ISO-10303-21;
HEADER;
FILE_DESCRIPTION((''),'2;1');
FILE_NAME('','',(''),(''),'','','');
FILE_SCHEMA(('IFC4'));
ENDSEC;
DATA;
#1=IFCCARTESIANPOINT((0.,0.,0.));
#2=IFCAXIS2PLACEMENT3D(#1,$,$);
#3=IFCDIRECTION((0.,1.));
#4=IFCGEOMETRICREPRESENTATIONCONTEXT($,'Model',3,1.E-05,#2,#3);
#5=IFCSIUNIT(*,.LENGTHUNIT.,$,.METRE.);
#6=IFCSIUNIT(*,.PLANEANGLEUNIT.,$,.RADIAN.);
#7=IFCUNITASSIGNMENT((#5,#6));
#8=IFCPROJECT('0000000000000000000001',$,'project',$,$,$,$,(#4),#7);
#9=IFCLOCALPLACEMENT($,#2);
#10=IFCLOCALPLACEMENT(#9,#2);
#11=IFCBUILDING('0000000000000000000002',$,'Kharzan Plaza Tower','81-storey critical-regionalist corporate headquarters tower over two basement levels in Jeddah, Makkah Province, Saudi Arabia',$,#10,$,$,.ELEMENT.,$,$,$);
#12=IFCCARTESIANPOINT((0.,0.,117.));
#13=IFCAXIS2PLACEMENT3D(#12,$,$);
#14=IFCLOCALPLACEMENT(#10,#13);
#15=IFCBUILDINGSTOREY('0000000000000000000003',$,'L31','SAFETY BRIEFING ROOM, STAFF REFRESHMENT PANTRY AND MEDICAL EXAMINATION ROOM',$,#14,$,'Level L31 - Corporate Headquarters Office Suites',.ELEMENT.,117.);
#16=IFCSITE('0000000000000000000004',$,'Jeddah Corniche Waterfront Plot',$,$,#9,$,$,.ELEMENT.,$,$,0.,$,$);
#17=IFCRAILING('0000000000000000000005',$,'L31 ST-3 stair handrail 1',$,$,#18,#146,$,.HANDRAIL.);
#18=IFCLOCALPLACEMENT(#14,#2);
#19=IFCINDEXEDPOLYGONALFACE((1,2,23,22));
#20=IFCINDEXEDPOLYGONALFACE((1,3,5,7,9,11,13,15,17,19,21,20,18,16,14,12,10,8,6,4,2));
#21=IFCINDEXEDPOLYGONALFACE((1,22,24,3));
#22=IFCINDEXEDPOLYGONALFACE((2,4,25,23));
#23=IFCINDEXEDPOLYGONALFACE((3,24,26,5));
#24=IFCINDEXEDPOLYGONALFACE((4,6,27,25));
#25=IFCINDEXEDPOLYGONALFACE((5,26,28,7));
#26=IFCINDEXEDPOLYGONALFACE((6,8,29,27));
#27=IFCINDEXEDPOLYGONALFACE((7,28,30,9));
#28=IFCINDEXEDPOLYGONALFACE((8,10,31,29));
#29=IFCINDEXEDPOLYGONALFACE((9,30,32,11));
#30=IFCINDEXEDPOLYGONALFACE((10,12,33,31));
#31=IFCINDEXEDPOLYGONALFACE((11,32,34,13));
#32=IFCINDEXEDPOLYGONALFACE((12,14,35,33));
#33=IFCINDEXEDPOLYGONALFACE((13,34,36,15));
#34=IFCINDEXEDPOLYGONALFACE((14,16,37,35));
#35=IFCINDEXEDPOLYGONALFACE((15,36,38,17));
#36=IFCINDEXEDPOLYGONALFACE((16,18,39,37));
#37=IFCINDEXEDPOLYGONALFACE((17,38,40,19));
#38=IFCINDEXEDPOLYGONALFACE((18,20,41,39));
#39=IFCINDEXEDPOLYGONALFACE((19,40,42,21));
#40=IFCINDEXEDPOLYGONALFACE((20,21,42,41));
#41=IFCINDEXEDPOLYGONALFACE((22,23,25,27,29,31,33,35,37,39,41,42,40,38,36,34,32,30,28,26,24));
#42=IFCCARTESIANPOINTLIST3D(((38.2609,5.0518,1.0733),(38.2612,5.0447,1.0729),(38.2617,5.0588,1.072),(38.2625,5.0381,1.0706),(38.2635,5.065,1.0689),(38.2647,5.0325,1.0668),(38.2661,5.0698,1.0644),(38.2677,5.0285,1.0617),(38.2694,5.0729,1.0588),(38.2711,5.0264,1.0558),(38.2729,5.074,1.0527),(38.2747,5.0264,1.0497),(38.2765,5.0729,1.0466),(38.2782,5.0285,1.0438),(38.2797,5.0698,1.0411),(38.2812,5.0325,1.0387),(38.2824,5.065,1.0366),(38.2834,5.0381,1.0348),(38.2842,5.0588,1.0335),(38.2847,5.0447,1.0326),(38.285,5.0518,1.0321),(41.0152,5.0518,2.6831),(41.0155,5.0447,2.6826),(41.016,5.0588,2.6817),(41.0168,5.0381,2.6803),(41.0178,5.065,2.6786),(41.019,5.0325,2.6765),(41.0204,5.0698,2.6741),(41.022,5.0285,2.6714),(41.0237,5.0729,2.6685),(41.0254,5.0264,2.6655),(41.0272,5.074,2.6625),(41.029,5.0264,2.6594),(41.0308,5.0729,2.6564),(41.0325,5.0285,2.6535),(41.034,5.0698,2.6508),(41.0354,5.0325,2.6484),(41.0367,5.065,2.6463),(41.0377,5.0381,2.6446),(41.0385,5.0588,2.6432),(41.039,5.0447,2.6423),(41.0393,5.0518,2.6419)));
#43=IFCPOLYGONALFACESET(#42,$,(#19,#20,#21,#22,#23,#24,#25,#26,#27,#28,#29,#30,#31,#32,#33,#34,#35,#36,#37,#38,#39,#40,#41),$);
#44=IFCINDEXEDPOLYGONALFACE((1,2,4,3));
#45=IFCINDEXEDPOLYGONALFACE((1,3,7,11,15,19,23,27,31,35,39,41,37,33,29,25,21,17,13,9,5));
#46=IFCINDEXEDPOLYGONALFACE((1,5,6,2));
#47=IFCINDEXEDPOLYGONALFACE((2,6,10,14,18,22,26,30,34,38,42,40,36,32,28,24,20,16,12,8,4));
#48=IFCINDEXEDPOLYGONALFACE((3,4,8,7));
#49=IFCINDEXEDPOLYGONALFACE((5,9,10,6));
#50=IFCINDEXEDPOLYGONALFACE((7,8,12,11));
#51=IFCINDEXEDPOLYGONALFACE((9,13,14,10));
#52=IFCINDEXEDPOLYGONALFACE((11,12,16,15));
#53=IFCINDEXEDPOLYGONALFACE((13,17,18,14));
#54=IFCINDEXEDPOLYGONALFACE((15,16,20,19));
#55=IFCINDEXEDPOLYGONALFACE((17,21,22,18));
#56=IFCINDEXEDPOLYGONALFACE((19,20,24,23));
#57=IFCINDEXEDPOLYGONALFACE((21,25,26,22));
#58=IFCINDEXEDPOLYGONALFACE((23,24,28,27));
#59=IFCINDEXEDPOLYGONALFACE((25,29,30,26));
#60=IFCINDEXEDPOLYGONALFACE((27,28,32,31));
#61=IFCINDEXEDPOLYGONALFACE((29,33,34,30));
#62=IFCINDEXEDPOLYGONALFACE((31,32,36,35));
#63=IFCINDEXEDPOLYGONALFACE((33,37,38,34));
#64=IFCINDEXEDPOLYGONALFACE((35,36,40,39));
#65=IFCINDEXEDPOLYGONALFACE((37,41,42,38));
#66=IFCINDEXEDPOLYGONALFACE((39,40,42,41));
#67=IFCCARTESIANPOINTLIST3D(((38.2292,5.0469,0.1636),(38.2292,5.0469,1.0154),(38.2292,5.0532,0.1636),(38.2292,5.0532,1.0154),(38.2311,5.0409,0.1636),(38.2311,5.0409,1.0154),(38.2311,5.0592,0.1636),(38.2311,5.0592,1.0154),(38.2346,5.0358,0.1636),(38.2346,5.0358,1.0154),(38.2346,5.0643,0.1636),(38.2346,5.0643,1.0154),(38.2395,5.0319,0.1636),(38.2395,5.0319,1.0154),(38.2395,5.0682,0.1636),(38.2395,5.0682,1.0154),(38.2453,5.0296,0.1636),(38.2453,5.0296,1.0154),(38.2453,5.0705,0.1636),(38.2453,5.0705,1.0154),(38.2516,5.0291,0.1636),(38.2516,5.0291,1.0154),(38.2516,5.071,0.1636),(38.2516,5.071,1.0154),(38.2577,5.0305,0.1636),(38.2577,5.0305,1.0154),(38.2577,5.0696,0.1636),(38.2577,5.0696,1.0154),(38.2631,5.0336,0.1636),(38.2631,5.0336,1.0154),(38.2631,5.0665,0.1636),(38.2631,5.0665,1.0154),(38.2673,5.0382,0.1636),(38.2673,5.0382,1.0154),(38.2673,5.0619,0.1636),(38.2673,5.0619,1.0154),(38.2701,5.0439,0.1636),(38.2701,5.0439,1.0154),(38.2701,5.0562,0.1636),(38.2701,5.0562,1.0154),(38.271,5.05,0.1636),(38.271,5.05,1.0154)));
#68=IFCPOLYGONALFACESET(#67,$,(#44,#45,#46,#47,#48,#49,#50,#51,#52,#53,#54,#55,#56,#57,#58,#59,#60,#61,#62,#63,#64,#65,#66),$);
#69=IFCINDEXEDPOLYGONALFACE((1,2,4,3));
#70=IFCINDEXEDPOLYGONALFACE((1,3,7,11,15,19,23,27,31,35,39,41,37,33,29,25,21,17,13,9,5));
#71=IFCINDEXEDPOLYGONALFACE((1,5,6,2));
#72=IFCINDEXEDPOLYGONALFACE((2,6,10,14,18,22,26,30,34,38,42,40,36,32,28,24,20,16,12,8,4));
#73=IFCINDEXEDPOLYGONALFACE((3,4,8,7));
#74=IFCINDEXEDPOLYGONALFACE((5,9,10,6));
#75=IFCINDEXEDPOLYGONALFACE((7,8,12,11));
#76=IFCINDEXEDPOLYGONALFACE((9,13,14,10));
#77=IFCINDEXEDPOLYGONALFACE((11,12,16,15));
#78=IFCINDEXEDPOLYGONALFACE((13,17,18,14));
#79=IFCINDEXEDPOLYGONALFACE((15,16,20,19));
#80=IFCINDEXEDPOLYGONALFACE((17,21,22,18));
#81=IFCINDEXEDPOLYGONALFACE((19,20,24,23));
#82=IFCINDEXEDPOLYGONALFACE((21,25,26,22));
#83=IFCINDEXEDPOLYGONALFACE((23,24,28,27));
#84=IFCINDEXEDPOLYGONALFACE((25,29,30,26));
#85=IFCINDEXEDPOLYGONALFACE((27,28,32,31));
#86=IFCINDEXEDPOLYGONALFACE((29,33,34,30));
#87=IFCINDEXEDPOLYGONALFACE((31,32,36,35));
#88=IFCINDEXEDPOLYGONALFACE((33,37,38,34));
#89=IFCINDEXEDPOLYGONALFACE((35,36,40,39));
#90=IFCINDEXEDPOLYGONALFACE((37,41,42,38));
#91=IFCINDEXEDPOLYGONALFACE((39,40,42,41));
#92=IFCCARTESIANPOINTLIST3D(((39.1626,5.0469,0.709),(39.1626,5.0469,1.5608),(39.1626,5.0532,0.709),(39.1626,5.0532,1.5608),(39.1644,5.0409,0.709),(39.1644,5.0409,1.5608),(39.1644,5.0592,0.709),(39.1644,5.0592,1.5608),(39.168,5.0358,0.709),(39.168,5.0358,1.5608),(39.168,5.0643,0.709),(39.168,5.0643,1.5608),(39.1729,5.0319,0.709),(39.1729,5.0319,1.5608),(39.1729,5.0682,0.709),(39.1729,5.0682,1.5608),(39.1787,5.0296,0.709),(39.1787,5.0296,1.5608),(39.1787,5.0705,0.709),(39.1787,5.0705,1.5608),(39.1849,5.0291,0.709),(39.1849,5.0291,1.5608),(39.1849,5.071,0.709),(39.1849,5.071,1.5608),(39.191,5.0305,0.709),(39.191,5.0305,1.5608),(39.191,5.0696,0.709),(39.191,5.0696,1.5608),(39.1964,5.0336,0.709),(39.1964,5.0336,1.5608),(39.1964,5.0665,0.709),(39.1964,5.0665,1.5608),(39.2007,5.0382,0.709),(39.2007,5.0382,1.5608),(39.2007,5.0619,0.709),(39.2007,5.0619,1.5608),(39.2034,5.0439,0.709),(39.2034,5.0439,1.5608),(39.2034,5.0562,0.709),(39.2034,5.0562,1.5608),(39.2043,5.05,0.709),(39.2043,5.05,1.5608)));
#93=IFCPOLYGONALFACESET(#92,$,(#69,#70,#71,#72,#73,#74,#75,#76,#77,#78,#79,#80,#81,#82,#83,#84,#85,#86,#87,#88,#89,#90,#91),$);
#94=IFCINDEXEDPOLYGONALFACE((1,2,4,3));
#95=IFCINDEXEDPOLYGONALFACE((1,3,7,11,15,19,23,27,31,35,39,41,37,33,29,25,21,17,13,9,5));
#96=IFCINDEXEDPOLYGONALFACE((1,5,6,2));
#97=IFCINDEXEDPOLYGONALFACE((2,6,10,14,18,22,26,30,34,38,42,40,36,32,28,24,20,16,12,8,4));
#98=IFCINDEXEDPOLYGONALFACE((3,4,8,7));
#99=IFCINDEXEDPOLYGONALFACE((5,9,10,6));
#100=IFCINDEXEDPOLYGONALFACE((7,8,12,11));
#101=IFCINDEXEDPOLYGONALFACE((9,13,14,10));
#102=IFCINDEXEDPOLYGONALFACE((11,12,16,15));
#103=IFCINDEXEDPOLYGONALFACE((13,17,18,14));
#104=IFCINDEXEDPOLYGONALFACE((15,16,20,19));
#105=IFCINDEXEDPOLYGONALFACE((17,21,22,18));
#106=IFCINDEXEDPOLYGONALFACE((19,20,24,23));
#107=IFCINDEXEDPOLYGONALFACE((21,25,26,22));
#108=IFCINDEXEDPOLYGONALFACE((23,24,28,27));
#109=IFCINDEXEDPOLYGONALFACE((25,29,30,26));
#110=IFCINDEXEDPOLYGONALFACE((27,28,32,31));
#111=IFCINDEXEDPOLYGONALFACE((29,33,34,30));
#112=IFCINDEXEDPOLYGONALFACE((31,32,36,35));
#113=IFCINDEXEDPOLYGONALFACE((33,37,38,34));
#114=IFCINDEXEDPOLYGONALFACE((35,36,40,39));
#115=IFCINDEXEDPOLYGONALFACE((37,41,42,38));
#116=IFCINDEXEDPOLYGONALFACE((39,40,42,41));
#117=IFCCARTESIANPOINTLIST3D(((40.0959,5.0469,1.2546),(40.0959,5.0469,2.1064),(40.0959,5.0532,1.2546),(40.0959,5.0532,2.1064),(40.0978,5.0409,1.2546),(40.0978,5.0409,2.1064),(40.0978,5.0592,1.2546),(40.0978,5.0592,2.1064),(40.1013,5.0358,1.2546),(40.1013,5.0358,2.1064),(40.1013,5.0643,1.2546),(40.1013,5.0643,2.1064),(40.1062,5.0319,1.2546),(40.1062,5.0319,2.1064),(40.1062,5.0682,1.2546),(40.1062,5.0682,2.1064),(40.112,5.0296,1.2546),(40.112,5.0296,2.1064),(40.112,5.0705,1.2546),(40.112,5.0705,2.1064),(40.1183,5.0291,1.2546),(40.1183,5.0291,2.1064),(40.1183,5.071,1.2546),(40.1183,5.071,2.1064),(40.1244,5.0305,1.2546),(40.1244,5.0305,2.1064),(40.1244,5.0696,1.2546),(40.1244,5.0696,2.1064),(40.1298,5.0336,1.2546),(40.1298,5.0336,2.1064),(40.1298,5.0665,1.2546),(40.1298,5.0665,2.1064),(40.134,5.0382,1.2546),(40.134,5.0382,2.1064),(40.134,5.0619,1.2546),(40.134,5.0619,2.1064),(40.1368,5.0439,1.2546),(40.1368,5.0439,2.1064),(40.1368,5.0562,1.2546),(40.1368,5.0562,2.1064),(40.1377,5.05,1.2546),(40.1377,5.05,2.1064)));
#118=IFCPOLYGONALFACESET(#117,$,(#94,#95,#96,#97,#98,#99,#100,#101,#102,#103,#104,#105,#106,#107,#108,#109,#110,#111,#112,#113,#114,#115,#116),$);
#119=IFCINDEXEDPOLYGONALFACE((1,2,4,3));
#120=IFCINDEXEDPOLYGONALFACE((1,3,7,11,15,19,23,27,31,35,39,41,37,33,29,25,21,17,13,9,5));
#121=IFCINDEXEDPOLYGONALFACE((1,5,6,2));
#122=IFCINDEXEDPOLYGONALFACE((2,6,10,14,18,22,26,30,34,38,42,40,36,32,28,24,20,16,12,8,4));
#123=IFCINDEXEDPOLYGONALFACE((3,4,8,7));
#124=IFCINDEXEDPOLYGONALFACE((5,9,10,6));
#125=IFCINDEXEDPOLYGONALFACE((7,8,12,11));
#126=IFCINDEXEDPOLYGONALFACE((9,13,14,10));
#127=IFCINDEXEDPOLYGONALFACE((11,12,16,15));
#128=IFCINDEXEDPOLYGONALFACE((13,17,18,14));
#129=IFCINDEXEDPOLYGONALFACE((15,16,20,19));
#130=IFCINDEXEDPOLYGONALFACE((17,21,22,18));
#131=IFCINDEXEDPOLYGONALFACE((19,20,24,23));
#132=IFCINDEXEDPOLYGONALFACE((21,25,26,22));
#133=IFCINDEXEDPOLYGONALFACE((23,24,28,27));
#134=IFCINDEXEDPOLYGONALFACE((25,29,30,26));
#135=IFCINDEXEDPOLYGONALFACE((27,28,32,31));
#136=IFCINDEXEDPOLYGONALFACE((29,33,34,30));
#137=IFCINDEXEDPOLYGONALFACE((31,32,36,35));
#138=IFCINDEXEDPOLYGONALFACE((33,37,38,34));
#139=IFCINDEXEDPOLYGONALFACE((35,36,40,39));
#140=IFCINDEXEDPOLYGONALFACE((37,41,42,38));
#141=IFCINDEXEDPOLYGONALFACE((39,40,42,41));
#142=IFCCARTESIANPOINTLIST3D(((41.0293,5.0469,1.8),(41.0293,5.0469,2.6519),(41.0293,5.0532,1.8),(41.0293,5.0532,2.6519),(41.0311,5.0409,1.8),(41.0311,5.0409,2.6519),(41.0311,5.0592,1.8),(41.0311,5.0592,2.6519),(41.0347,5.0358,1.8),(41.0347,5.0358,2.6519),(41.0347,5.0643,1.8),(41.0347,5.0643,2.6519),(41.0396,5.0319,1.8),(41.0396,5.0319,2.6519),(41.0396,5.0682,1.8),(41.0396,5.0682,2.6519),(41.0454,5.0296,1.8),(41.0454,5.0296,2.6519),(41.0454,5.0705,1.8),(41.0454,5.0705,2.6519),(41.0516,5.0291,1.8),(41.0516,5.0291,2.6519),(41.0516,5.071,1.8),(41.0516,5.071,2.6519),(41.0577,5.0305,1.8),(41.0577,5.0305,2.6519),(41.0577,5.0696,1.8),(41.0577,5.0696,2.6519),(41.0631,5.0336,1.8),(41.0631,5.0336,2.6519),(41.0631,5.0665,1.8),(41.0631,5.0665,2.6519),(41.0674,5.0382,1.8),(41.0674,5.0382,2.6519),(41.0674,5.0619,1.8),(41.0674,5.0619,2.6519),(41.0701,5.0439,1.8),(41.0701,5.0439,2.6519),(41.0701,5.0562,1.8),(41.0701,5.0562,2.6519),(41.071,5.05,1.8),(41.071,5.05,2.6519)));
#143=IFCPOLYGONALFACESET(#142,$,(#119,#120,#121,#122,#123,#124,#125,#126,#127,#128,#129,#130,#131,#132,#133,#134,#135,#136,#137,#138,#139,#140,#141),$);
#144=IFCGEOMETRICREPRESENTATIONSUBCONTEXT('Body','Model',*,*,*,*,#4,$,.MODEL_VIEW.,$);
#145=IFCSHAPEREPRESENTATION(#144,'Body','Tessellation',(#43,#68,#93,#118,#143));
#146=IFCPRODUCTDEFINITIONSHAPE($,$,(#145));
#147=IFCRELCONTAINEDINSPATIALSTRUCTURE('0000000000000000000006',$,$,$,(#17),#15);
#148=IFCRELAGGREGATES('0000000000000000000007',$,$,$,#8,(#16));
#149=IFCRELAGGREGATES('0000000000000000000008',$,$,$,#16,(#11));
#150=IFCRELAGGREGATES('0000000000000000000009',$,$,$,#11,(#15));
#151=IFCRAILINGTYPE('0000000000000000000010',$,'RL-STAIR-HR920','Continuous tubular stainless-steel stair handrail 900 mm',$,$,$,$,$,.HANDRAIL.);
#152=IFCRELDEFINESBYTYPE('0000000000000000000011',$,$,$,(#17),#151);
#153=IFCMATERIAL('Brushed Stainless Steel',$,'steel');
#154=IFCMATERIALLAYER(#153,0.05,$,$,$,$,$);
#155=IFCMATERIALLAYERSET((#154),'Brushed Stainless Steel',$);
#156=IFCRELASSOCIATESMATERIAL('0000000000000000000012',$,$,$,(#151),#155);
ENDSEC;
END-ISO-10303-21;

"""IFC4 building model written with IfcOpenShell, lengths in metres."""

from ifc_helpers import new_model, si_unit, direction, frame, origin, origin_2d, place, context, subcontext, project, spatial, circle, extrude, source, transform, mapped, material, layer, layer_set, type_object, element, save


model = new_model("IFC4")

# Units and contexts
model_context = context("Model", 3, precision=1e-05, world=origin(), true_north=direction((0.0, 1.0)))
body_context = subcontext(model_context, "Body", "Model", "MODEL_VIEW")
ifc_project = project(units=[si_unit("LENGTHUNIT", "METRE"), si_unit("PLANEANGLEUNIT", "RADIAN")], contexts=[model_context])

# Site, building, storey
site_placement = place(None, origin())
site = spatial("IfcSite", under=ifc_project, at=site_placement, Name="Jeddah Corniche Waterfront Plot", CompositionType="ELEMENT", RefElevation=0.0)
building_placement = place(site_placement, origin())
building = spatial("IfcBuilding", under=site, at=building_placement, Name="Kharzan Plaza Tower", Description="81-storey critical-regionalist corporate headquarters tower over two basement levels in Jeddah, Makkah Province, Saudi Arabia", CompositionType="ELEMENT")
storey_placement = place(building_placement, frame((0.0, 0.0, 117.0)))
storey = spatial("IfcBuildingStorey", under=building, at=storey_placement, Name="L31", Description="SAFETY BRIEFING ROOM, STAFF REFRESHMENT PANTRY AND MEDICAL EXAMINATION ROOM", LongName="Level L31 - Corporate Headquarters Office Suites", CompositionType="ELEMENT", Elevation=117.0)

# Shared definitions
ifc_material_1 = material(Name="Brushed Stainless Steel", Category="steel")

# Railing
ifc_layer_1 = layer(ifc_material_1, 0.05)
ifc_layer_set_1 = layer_set([ifc_layer_1], Name="Brushed Stainless Steel")
railing_type_1 = type_object("IfcRailingType", Name="RL-STAIR-HR920", Description="Continuous tubular stainless-steel stair handrail 900 mm", PredefinedType="HANDRAIL", material=ifc_layer_set_1)
shared_shape_1 = source(origin(), body_context, "Body", "SweptSolid", [
    extrude(circle(Radius=0.0239, at=origin_2d()), frame((0.0229, 0.0, 0.8892), z_axis=(0.863361, 0.0, 0.504587), x_axis=(0.0, 1.0, 0.0)), (0.0, 0.0, 1.0), 3.1902),
    extrude(circle(Radius=0.021, at=origin_2d()), origin(), (0.0, 0.0, 1.0), 0.8518),
    extrude(circle(Radius=0.021, at=origin_2d()), frame((0.9333, 0.0, 0.5454)), (0.0, 0.0, 1.0), 0.8518),
    extrude(circle(Radius=0.021, at=origin_2d()), frame((1.8667, 0.0, 1.0911)), (0.0, 0.0, 1.0), 0.8518),
    extrude(circle(Radius=0.021, at=origin_2d()), frame((2.8, 0.0, 1.6365)), (0.0, 0.0, 1.0), 0.8518),
])
railing_1_placement = place(storey_placement, frame((38.25, 5.05, 0.1636)))
element("IfcRailing", 1, at=railing_1_placement, inside=storey, type_object=railing_type_1, Name="L31 ST-3 stair handrail 1", PredefinedType="HANDRAIL", context=body_context, shape_type="MappedRepresentation", body=[
    mapped(shared_shape_1, transform((0.0, 0.0, 0.0), x_axis=(1.0, 0.0, 0.0), y_axis=(0.0, 1.0, 0.0), z_axis=(0.0, 0.0, 1.0))),
])

save(model, "model.ifc")
